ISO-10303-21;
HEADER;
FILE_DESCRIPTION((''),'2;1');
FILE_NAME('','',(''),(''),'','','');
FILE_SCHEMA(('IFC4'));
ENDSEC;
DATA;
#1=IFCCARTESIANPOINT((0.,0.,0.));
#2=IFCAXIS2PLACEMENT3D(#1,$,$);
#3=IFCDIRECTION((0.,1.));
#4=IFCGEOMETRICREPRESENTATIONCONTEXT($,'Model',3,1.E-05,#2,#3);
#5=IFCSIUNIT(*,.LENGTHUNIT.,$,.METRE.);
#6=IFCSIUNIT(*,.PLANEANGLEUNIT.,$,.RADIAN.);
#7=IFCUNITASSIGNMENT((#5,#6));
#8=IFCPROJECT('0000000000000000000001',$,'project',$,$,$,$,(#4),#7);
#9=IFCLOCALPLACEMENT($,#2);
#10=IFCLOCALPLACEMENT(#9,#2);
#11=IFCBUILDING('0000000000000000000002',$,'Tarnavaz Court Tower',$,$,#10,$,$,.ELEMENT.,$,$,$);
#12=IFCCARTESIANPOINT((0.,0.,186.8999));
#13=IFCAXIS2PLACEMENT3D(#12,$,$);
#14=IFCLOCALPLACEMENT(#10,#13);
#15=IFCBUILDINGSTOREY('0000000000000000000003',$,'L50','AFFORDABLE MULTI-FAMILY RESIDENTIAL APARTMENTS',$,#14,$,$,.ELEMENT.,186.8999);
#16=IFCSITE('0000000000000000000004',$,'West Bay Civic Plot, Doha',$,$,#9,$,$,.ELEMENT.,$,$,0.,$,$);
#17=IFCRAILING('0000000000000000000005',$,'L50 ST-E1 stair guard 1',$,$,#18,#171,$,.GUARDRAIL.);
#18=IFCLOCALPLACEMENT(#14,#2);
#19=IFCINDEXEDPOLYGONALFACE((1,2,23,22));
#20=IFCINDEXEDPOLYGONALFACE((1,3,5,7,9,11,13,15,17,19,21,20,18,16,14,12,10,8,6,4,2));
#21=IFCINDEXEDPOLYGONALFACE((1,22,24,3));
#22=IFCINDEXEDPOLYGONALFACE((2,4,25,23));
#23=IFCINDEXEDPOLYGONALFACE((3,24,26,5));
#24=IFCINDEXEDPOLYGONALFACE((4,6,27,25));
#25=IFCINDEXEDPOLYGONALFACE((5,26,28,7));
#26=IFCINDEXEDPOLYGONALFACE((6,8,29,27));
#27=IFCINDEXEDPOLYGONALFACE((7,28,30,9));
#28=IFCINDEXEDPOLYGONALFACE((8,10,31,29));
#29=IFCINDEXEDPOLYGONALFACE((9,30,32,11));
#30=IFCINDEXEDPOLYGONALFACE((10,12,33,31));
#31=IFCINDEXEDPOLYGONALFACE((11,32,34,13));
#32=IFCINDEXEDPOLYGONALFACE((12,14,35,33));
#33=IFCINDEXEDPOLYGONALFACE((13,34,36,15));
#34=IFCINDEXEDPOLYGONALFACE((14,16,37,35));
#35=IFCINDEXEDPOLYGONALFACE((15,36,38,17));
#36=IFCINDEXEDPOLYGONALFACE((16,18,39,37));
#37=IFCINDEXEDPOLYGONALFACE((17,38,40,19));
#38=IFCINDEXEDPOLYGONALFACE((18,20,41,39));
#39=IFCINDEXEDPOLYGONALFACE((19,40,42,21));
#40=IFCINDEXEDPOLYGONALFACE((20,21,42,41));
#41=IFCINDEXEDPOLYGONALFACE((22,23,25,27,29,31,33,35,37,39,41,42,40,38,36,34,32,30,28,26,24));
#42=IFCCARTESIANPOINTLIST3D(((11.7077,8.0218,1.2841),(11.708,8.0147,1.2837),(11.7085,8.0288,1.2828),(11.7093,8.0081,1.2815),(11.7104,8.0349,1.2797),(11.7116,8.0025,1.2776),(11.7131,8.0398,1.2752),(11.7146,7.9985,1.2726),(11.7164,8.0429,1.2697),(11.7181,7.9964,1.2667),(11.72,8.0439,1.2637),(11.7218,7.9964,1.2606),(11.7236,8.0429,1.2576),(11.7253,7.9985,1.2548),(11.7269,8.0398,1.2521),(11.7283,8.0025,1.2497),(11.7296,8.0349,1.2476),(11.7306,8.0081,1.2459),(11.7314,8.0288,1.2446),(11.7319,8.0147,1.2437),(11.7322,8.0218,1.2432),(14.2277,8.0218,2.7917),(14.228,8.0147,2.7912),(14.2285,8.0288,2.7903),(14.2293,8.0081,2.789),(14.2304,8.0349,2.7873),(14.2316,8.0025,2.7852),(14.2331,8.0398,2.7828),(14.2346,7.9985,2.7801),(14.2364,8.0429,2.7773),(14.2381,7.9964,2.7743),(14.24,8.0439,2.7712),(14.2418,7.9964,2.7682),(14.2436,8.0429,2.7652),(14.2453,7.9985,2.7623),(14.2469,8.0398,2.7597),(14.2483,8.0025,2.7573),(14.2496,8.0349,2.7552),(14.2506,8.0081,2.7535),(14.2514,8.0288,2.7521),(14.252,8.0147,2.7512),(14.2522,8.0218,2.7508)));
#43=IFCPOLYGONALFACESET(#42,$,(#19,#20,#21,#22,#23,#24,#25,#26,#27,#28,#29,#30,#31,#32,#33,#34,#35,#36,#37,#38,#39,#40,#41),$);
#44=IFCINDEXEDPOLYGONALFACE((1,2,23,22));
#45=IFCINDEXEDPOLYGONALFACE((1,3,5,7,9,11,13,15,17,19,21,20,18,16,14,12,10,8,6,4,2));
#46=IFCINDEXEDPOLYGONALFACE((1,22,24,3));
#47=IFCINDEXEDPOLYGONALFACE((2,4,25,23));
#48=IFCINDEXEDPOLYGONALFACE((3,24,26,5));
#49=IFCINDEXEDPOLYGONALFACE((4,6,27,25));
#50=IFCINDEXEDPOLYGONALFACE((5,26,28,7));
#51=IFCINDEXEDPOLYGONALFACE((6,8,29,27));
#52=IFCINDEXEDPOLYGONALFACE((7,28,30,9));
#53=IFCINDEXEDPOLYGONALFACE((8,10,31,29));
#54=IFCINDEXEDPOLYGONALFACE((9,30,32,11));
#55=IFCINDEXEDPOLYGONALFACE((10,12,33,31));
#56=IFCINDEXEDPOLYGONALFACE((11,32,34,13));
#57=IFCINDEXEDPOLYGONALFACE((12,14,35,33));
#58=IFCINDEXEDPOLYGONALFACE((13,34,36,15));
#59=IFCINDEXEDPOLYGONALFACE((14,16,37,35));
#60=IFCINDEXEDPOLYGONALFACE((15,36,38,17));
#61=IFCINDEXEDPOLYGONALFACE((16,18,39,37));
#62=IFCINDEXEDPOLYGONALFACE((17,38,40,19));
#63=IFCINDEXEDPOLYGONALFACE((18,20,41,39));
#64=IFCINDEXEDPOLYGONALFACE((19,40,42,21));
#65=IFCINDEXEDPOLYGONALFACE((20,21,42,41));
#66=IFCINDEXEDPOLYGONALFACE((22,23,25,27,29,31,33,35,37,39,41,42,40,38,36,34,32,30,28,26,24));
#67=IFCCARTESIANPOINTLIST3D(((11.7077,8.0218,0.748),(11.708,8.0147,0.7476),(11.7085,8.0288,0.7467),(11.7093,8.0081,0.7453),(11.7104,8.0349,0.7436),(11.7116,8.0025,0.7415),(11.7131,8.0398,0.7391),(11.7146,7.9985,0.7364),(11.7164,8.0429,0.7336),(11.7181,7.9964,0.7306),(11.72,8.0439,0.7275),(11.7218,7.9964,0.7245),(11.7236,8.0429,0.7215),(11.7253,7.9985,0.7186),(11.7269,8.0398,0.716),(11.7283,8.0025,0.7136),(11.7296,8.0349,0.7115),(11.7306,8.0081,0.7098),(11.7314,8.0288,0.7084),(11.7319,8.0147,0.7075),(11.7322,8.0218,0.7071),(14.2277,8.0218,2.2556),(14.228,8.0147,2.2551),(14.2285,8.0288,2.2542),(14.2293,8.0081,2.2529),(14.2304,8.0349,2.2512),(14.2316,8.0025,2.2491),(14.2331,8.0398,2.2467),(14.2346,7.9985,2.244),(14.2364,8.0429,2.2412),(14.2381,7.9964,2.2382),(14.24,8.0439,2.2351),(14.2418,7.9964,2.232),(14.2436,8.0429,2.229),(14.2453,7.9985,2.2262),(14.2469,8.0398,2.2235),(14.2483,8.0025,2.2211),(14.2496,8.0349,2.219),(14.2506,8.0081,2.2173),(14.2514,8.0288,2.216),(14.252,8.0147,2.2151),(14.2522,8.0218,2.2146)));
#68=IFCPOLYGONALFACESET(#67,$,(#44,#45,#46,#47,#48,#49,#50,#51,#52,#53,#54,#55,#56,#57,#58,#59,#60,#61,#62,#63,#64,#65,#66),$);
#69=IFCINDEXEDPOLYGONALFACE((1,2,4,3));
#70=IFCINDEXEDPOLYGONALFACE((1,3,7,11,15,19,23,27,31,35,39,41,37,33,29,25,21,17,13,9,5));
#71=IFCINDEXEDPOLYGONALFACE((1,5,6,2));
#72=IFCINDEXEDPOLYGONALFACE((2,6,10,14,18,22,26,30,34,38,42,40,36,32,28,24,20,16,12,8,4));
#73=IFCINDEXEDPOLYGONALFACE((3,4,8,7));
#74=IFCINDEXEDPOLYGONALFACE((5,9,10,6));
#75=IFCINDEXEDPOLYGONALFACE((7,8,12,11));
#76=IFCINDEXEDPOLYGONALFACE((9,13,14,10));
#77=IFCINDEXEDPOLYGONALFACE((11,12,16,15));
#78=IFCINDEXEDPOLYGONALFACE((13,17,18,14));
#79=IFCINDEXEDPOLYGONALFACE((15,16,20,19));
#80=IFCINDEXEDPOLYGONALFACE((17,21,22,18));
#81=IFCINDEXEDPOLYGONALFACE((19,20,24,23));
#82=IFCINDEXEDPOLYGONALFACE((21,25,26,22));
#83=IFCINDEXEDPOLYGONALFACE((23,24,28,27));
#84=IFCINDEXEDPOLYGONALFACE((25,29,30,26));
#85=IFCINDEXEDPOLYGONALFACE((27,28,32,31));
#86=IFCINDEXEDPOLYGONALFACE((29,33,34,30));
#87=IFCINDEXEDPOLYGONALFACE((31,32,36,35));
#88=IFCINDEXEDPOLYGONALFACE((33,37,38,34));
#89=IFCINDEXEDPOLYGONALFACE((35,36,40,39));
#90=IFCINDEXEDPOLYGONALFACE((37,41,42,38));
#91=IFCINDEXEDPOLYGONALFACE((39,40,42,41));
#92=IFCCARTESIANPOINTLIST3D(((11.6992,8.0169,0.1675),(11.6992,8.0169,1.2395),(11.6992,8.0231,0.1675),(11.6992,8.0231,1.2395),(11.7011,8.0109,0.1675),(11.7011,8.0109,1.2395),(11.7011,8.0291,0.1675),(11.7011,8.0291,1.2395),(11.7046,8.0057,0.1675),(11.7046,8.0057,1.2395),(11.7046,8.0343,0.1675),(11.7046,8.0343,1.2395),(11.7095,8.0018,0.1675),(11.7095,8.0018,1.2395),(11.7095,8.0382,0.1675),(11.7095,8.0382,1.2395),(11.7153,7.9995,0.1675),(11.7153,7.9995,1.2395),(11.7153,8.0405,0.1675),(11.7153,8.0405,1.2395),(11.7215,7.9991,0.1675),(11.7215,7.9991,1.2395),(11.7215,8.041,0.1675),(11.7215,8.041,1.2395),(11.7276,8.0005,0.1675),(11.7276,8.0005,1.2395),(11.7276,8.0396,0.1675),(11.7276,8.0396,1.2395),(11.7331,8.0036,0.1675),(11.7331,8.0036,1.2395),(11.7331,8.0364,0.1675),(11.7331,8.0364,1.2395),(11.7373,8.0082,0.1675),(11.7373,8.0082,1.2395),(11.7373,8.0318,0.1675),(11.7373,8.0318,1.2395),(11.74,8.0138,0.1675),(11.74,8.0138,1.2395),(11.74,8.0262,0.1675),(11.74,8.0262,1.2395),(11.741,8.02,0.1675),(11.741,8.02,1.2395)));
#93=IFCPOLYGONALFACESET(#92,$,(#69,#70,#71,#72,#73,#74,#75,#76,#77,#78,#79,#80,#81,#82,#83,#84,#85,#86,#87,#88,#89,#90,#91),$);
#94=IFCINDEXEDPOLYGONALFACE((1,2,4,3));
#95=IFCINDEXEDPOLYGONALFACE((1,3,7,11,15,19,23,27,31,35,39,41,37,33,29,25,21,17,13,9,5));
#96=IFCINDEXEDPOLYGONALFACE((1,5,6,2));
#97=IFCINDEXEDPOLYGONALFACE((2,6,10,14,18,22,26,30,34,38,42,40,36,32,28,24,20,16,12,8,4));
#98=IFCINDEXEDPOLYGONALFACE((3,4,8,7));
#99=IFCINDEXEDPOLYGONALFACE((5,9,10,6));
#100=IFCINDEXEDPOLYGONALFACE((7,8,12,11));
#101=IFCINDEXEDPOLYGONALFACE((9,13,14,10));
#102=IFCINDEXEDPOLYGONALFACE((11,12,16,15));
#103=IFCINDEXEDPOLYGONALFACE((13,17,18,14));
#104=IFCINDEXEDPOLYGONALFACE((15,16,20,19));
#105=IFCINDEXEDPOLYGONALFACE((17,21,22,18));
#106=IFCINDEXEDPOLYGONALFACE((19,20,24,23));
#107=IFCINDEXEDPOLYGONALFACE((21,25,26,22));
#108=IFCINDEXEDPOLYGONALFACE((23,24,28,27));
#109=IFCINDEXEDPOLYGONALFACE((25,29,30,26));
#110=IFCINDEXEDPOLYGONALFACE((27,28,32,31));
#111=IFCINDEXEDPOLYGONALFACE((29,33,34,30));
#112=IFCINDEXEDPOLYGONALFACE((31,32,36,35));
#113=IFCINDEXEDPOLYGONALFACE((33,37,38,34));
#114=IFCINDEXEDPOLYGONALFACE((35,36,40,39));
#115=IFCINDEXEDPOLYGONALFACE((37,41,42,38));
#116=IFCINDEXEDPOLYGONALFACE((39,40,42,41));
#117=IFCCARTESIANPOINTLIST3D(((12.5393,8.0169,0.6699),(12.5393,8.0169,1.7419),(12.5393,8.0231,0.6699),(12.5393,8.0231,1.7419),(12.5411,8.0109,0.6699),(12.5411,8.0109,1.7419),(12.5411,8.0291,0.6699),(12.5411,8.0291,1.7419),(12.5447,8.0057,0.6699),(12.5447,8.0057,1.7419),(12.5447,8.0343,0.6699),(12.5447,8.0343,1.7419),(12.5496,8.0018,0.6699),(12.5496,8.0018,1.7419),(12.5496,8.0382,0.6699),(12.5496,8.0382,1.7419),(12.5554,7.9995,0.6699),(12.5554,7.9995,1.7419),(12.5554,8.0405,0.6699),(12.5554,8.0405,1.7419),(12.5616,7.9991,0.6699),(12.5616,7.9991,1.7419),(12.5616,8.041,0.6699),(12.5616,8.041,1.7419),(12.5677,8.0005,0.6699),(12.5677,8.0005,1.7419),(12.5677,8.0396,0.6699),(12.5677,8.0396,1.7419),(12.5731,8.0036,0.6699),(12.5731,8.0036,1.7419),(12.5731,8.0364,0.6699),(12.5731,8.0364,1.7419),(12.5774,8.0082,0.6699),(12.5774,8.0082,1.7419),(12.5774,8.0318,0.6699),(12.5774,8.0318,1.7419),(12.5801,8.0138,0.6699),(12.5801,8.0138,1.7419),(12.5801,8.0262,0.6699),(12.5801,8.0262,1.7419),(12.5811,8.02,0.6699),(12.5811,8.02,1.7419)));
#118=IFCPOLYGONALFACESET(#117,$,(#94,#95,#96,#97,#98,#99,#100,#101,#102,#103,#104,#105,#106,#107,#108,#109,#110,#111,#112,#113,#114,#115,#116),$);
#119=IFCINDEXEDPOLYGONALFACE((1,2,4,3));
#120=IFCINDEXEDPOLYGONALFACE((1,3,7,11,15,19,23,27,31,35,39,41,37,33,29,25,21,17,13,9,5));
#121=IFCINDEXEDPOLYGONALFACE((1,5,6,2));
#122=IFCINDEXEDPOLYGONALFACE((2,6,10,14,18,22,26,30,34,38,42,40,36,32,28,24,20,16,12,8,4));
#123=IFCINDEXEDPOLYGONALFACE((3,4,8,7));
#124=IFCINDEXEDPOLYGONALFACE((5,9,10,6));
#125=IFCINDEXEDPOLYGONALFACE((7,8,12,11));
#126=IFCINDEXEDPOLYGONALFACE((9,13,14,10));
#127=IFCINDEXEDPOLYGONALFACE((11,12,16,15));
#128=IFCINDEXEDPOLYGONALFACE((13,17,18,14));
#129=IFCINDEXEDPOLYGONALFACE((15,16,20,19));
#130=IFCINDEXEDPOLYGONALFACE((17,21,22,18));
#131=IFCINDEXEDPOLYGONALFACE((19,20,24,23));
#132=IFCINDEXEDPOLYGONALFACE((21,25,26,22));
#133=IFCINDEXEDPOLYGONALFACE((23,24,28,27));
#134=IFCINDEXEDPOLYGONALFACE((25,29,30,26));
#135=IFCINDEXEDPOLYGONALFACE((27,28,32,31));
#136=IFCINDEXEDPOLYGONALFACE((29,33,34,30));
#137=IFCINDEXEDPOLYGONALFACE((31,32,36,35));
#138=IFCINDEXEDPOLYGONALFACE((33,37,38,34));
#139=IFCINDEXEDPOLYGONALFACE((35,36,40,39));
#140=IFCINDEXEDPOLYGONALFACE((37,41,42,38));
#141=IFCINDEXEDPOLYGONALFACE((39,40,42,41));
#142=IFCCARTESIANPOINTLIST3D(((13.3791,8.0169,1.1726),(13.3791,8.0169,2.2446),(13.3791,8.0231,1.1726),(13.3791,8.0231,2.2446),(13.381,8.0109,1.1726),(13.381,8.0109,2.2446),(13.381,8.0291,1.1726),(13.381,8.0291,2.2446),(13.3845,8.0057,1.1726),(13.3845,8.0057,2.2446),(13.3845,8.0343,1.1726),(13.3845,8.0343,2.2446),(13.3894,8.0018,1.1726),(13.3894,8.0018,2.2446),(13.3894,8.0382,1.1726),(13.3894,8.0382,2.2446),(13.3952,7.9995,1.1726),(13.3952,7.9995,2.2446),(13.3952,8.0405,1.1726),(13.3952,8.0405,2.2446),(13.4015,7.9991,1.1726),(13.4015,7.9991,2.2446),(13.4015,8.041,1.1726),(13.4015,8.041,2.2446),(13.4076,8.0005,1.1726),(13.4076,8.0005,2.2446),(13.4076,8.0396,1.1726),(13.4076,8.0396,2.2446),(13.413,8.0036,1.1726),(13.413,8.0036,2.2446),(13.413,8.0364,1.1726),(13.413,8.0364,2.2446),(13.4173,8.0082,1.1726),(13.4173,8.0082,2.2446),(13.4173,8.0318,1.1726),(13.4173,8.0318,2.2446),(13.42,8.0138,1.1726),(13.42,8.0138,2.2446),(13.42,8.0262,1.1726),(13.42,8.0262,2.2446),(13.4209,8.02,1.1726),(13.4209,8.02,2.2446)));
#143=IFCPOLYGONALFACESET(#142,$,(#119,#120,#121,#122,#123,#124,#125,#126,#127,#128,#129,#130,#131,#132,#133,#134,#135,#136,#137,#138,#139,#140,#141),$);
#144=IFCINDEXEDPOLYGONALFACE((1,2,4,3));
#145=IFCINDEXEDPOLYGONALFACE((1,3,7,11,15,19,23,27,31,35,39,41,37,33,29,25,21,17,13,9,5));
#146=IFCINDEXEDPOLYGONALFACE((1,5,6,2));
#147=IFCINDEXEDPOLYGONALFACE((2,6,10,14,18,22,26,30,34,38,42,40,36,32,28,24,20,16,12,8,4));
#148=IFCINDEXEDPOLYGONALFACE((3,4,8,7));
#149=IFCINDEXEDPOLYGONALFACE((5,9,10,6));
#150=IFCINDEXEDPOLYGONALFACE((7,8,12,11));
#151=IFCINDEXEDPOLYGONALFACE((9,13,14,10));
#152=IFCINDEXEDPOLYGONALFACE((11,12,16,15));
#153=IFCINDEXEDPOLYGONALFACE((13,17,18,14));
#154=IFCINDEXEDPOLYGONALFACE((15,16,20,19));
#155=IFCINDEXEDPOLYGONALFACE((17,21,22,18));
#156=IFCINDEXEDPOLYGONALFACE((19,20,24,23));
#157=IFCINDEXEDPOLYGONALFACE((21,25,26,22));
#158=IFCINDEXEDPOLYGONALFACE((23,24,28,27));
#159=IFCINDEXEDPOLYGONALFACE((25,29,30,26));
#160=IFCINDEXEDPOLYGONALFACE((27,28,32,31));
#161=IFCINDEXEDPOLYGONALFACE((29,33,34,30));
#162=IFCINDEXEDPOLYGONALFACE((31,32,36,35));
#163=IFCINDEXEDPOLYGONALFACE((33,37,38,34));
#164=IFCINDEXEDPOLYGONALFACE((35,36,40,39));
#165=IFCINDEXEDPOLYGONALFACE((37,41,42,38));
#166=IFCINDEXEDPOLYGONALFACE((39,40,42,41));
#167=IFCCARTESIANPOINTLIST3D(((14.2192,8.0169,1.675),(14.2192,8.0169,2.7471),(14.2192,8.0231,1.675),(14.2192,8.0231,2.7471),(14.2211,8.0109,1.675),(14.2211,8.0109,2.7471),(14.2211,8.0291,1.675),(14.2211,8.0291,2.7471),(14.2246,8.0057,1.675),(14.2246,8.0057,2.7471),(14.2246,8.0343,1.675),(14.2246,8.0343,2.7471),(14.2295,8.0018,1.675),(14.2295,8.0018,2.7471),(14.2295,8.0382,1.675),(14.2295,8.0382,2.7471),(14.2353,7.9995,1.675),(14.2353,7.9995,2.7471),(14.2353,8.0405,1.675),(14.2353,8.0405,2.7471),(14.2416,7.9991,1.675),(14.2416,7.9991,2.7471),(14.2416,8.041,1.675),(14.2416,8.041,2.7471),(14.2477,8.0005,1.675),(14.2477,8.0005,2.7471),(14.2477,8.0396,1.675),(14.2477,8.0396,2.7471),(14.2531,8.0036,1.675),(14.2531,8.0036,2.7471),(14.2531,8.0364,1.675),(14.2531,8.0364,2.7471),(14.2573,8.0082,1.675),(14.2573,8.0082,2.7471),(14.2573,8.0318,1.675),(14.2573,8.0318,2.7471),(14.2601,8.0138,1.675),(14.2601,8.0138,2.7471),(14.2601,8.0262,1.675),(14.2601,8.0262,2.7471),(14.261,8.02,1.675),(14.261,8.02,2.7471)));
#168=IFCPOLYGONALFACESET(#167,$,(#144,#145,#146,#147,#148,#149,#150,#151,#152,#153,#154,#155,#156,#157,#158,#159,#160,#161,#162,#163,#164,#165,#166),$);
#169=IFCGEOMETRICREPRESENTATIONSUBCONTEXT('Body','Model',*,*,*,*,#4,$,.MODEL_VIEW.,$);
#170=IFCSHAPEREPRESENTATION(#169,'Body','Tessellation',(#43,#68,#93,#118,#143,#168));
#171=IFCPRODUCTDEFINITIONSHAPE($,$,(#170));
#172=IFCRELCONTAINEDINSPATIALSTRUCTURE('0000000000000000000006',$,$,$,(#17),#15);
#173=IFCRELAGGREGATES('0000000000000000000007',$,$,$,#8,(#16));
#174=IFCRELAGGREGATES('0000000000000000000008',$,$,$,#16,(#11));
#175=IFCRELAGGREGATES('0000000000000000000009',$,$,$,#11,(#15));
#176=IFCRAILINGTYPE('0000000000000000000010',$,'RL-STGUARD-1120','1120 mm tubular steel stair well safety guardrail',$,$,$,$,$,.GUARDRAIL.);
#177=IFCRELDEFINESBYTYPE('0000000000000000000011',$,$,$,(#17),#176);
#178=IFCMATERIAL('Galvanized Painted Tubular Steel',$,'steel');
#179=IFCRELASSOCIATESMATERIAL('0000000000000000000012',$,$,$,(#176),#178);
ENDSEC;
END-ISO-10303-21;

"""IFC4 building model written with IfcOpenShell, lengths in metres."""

from ifc_helpers import new_model, si_unit, direction, frame, origin, origin_2d, place, context, subcontext, project, spatial, circle, extrude, material, type_object, element, save


model = new_model("IFC4")

# Units and contexts
model_context = context("Model", 3, precision=1e-05, world=origin(), true_north=direction((0.0, 1.0)))
body_context = subcontext(model_context, "Body", "Model", "MODEL_VIEW")
ifc_project = project(units=[si_unit("LENGTHUNIT", "METRE"), si_unit("PLANEANGLEUNIT", "RADIAN")], contexts=[model_context])

# Site, building, storey
site_placement = place(None, origin())
site = spatial("IfcSite", under=ifc_project, at=site_placement, Name="West Bay Civic Plot, Doha", CompositionType="ELEMENT", RefElevation=0.0)
building_placement = place(site_placement, origin())
building = spatial("IfcBuilding", under=site, at=building_placement, Name="Tarnavaz Court Tower", CompositionType="ELEMENT")
storey_placement = place(building_placement, frame((0.0, 0.0, 186.8999)))
storey = spatial("IfcBuildingStorey", under=building, at=storey_placement, Name="L50", Description="AFFORDABLE MULTI-FAMILY RESIDENTIAL APARTMENTS", CompositionType="ELEMENT", Elevation=186.8999)

# Railing
ifc_material_1 = material(Name="Galvanized Painted Tubular Steel", Category="steel")
railing_type_1 = type_object("IfcRailingType", Name="RL-STGUARD-1120", Description="1120 mm tubular steel stair well safety guardrail", PredefinedType="GUARDRAIL", material=ifc_material_1)
railing_1_placement = place(storey_placement, frame((11.72, 8.02, 0.1675)))
element("IfcRailing", 1, at=railing_1_placement, inside=storey, type_object=railing_type_1, Name="L50 ST-E1 stair guard 1", PredefinedType="GUARDRAIL", context=body_context, shape_type="SweptSolid", body=[
    extrude(circle(Radius=0.0239, at=origin_2d()), frame((0.0, 0.0, 1.0962), z_axis=(0.85816, 0.0, 0.513383), x_axis=(0.0, 1.0, 0.0)), (0.0, 0.0, 1.0), 2.9365),
    extrude(circle(Radius=0.0239, at=origin_2d()), frame((0.0, 0.0, 0.5601), z_axis=(0.85816, 0.0, 0.513383), x_axis=(0.0, 1.0, 0.0)), (0.0, 0.0, 1.0), 2.9365),
    extrude(circle(Radius=0.021, at=origin_2d()), origin(), (0.0, 0.0, 1.0), 1.072),
    extrude(circle(Radius=0.021, at=origin_2d()), frame((0.8401, 0.0, 0.5024)), (0.0, 0.0, 1.0), 1.072),
    extrude(circle(Radius=0.021, at=origin_2d()), frame((1.6799, 0.0, 1.0051)), (0.0, 0.0, 1.0), 1.072),
    extrude(circle(Radius=0.021, at=origin_2d()), frame((2.52, 0.0, 1.5076)), (0.0, 0.0, 1.0), 1.072),
])

save(model, "model.ifc")
